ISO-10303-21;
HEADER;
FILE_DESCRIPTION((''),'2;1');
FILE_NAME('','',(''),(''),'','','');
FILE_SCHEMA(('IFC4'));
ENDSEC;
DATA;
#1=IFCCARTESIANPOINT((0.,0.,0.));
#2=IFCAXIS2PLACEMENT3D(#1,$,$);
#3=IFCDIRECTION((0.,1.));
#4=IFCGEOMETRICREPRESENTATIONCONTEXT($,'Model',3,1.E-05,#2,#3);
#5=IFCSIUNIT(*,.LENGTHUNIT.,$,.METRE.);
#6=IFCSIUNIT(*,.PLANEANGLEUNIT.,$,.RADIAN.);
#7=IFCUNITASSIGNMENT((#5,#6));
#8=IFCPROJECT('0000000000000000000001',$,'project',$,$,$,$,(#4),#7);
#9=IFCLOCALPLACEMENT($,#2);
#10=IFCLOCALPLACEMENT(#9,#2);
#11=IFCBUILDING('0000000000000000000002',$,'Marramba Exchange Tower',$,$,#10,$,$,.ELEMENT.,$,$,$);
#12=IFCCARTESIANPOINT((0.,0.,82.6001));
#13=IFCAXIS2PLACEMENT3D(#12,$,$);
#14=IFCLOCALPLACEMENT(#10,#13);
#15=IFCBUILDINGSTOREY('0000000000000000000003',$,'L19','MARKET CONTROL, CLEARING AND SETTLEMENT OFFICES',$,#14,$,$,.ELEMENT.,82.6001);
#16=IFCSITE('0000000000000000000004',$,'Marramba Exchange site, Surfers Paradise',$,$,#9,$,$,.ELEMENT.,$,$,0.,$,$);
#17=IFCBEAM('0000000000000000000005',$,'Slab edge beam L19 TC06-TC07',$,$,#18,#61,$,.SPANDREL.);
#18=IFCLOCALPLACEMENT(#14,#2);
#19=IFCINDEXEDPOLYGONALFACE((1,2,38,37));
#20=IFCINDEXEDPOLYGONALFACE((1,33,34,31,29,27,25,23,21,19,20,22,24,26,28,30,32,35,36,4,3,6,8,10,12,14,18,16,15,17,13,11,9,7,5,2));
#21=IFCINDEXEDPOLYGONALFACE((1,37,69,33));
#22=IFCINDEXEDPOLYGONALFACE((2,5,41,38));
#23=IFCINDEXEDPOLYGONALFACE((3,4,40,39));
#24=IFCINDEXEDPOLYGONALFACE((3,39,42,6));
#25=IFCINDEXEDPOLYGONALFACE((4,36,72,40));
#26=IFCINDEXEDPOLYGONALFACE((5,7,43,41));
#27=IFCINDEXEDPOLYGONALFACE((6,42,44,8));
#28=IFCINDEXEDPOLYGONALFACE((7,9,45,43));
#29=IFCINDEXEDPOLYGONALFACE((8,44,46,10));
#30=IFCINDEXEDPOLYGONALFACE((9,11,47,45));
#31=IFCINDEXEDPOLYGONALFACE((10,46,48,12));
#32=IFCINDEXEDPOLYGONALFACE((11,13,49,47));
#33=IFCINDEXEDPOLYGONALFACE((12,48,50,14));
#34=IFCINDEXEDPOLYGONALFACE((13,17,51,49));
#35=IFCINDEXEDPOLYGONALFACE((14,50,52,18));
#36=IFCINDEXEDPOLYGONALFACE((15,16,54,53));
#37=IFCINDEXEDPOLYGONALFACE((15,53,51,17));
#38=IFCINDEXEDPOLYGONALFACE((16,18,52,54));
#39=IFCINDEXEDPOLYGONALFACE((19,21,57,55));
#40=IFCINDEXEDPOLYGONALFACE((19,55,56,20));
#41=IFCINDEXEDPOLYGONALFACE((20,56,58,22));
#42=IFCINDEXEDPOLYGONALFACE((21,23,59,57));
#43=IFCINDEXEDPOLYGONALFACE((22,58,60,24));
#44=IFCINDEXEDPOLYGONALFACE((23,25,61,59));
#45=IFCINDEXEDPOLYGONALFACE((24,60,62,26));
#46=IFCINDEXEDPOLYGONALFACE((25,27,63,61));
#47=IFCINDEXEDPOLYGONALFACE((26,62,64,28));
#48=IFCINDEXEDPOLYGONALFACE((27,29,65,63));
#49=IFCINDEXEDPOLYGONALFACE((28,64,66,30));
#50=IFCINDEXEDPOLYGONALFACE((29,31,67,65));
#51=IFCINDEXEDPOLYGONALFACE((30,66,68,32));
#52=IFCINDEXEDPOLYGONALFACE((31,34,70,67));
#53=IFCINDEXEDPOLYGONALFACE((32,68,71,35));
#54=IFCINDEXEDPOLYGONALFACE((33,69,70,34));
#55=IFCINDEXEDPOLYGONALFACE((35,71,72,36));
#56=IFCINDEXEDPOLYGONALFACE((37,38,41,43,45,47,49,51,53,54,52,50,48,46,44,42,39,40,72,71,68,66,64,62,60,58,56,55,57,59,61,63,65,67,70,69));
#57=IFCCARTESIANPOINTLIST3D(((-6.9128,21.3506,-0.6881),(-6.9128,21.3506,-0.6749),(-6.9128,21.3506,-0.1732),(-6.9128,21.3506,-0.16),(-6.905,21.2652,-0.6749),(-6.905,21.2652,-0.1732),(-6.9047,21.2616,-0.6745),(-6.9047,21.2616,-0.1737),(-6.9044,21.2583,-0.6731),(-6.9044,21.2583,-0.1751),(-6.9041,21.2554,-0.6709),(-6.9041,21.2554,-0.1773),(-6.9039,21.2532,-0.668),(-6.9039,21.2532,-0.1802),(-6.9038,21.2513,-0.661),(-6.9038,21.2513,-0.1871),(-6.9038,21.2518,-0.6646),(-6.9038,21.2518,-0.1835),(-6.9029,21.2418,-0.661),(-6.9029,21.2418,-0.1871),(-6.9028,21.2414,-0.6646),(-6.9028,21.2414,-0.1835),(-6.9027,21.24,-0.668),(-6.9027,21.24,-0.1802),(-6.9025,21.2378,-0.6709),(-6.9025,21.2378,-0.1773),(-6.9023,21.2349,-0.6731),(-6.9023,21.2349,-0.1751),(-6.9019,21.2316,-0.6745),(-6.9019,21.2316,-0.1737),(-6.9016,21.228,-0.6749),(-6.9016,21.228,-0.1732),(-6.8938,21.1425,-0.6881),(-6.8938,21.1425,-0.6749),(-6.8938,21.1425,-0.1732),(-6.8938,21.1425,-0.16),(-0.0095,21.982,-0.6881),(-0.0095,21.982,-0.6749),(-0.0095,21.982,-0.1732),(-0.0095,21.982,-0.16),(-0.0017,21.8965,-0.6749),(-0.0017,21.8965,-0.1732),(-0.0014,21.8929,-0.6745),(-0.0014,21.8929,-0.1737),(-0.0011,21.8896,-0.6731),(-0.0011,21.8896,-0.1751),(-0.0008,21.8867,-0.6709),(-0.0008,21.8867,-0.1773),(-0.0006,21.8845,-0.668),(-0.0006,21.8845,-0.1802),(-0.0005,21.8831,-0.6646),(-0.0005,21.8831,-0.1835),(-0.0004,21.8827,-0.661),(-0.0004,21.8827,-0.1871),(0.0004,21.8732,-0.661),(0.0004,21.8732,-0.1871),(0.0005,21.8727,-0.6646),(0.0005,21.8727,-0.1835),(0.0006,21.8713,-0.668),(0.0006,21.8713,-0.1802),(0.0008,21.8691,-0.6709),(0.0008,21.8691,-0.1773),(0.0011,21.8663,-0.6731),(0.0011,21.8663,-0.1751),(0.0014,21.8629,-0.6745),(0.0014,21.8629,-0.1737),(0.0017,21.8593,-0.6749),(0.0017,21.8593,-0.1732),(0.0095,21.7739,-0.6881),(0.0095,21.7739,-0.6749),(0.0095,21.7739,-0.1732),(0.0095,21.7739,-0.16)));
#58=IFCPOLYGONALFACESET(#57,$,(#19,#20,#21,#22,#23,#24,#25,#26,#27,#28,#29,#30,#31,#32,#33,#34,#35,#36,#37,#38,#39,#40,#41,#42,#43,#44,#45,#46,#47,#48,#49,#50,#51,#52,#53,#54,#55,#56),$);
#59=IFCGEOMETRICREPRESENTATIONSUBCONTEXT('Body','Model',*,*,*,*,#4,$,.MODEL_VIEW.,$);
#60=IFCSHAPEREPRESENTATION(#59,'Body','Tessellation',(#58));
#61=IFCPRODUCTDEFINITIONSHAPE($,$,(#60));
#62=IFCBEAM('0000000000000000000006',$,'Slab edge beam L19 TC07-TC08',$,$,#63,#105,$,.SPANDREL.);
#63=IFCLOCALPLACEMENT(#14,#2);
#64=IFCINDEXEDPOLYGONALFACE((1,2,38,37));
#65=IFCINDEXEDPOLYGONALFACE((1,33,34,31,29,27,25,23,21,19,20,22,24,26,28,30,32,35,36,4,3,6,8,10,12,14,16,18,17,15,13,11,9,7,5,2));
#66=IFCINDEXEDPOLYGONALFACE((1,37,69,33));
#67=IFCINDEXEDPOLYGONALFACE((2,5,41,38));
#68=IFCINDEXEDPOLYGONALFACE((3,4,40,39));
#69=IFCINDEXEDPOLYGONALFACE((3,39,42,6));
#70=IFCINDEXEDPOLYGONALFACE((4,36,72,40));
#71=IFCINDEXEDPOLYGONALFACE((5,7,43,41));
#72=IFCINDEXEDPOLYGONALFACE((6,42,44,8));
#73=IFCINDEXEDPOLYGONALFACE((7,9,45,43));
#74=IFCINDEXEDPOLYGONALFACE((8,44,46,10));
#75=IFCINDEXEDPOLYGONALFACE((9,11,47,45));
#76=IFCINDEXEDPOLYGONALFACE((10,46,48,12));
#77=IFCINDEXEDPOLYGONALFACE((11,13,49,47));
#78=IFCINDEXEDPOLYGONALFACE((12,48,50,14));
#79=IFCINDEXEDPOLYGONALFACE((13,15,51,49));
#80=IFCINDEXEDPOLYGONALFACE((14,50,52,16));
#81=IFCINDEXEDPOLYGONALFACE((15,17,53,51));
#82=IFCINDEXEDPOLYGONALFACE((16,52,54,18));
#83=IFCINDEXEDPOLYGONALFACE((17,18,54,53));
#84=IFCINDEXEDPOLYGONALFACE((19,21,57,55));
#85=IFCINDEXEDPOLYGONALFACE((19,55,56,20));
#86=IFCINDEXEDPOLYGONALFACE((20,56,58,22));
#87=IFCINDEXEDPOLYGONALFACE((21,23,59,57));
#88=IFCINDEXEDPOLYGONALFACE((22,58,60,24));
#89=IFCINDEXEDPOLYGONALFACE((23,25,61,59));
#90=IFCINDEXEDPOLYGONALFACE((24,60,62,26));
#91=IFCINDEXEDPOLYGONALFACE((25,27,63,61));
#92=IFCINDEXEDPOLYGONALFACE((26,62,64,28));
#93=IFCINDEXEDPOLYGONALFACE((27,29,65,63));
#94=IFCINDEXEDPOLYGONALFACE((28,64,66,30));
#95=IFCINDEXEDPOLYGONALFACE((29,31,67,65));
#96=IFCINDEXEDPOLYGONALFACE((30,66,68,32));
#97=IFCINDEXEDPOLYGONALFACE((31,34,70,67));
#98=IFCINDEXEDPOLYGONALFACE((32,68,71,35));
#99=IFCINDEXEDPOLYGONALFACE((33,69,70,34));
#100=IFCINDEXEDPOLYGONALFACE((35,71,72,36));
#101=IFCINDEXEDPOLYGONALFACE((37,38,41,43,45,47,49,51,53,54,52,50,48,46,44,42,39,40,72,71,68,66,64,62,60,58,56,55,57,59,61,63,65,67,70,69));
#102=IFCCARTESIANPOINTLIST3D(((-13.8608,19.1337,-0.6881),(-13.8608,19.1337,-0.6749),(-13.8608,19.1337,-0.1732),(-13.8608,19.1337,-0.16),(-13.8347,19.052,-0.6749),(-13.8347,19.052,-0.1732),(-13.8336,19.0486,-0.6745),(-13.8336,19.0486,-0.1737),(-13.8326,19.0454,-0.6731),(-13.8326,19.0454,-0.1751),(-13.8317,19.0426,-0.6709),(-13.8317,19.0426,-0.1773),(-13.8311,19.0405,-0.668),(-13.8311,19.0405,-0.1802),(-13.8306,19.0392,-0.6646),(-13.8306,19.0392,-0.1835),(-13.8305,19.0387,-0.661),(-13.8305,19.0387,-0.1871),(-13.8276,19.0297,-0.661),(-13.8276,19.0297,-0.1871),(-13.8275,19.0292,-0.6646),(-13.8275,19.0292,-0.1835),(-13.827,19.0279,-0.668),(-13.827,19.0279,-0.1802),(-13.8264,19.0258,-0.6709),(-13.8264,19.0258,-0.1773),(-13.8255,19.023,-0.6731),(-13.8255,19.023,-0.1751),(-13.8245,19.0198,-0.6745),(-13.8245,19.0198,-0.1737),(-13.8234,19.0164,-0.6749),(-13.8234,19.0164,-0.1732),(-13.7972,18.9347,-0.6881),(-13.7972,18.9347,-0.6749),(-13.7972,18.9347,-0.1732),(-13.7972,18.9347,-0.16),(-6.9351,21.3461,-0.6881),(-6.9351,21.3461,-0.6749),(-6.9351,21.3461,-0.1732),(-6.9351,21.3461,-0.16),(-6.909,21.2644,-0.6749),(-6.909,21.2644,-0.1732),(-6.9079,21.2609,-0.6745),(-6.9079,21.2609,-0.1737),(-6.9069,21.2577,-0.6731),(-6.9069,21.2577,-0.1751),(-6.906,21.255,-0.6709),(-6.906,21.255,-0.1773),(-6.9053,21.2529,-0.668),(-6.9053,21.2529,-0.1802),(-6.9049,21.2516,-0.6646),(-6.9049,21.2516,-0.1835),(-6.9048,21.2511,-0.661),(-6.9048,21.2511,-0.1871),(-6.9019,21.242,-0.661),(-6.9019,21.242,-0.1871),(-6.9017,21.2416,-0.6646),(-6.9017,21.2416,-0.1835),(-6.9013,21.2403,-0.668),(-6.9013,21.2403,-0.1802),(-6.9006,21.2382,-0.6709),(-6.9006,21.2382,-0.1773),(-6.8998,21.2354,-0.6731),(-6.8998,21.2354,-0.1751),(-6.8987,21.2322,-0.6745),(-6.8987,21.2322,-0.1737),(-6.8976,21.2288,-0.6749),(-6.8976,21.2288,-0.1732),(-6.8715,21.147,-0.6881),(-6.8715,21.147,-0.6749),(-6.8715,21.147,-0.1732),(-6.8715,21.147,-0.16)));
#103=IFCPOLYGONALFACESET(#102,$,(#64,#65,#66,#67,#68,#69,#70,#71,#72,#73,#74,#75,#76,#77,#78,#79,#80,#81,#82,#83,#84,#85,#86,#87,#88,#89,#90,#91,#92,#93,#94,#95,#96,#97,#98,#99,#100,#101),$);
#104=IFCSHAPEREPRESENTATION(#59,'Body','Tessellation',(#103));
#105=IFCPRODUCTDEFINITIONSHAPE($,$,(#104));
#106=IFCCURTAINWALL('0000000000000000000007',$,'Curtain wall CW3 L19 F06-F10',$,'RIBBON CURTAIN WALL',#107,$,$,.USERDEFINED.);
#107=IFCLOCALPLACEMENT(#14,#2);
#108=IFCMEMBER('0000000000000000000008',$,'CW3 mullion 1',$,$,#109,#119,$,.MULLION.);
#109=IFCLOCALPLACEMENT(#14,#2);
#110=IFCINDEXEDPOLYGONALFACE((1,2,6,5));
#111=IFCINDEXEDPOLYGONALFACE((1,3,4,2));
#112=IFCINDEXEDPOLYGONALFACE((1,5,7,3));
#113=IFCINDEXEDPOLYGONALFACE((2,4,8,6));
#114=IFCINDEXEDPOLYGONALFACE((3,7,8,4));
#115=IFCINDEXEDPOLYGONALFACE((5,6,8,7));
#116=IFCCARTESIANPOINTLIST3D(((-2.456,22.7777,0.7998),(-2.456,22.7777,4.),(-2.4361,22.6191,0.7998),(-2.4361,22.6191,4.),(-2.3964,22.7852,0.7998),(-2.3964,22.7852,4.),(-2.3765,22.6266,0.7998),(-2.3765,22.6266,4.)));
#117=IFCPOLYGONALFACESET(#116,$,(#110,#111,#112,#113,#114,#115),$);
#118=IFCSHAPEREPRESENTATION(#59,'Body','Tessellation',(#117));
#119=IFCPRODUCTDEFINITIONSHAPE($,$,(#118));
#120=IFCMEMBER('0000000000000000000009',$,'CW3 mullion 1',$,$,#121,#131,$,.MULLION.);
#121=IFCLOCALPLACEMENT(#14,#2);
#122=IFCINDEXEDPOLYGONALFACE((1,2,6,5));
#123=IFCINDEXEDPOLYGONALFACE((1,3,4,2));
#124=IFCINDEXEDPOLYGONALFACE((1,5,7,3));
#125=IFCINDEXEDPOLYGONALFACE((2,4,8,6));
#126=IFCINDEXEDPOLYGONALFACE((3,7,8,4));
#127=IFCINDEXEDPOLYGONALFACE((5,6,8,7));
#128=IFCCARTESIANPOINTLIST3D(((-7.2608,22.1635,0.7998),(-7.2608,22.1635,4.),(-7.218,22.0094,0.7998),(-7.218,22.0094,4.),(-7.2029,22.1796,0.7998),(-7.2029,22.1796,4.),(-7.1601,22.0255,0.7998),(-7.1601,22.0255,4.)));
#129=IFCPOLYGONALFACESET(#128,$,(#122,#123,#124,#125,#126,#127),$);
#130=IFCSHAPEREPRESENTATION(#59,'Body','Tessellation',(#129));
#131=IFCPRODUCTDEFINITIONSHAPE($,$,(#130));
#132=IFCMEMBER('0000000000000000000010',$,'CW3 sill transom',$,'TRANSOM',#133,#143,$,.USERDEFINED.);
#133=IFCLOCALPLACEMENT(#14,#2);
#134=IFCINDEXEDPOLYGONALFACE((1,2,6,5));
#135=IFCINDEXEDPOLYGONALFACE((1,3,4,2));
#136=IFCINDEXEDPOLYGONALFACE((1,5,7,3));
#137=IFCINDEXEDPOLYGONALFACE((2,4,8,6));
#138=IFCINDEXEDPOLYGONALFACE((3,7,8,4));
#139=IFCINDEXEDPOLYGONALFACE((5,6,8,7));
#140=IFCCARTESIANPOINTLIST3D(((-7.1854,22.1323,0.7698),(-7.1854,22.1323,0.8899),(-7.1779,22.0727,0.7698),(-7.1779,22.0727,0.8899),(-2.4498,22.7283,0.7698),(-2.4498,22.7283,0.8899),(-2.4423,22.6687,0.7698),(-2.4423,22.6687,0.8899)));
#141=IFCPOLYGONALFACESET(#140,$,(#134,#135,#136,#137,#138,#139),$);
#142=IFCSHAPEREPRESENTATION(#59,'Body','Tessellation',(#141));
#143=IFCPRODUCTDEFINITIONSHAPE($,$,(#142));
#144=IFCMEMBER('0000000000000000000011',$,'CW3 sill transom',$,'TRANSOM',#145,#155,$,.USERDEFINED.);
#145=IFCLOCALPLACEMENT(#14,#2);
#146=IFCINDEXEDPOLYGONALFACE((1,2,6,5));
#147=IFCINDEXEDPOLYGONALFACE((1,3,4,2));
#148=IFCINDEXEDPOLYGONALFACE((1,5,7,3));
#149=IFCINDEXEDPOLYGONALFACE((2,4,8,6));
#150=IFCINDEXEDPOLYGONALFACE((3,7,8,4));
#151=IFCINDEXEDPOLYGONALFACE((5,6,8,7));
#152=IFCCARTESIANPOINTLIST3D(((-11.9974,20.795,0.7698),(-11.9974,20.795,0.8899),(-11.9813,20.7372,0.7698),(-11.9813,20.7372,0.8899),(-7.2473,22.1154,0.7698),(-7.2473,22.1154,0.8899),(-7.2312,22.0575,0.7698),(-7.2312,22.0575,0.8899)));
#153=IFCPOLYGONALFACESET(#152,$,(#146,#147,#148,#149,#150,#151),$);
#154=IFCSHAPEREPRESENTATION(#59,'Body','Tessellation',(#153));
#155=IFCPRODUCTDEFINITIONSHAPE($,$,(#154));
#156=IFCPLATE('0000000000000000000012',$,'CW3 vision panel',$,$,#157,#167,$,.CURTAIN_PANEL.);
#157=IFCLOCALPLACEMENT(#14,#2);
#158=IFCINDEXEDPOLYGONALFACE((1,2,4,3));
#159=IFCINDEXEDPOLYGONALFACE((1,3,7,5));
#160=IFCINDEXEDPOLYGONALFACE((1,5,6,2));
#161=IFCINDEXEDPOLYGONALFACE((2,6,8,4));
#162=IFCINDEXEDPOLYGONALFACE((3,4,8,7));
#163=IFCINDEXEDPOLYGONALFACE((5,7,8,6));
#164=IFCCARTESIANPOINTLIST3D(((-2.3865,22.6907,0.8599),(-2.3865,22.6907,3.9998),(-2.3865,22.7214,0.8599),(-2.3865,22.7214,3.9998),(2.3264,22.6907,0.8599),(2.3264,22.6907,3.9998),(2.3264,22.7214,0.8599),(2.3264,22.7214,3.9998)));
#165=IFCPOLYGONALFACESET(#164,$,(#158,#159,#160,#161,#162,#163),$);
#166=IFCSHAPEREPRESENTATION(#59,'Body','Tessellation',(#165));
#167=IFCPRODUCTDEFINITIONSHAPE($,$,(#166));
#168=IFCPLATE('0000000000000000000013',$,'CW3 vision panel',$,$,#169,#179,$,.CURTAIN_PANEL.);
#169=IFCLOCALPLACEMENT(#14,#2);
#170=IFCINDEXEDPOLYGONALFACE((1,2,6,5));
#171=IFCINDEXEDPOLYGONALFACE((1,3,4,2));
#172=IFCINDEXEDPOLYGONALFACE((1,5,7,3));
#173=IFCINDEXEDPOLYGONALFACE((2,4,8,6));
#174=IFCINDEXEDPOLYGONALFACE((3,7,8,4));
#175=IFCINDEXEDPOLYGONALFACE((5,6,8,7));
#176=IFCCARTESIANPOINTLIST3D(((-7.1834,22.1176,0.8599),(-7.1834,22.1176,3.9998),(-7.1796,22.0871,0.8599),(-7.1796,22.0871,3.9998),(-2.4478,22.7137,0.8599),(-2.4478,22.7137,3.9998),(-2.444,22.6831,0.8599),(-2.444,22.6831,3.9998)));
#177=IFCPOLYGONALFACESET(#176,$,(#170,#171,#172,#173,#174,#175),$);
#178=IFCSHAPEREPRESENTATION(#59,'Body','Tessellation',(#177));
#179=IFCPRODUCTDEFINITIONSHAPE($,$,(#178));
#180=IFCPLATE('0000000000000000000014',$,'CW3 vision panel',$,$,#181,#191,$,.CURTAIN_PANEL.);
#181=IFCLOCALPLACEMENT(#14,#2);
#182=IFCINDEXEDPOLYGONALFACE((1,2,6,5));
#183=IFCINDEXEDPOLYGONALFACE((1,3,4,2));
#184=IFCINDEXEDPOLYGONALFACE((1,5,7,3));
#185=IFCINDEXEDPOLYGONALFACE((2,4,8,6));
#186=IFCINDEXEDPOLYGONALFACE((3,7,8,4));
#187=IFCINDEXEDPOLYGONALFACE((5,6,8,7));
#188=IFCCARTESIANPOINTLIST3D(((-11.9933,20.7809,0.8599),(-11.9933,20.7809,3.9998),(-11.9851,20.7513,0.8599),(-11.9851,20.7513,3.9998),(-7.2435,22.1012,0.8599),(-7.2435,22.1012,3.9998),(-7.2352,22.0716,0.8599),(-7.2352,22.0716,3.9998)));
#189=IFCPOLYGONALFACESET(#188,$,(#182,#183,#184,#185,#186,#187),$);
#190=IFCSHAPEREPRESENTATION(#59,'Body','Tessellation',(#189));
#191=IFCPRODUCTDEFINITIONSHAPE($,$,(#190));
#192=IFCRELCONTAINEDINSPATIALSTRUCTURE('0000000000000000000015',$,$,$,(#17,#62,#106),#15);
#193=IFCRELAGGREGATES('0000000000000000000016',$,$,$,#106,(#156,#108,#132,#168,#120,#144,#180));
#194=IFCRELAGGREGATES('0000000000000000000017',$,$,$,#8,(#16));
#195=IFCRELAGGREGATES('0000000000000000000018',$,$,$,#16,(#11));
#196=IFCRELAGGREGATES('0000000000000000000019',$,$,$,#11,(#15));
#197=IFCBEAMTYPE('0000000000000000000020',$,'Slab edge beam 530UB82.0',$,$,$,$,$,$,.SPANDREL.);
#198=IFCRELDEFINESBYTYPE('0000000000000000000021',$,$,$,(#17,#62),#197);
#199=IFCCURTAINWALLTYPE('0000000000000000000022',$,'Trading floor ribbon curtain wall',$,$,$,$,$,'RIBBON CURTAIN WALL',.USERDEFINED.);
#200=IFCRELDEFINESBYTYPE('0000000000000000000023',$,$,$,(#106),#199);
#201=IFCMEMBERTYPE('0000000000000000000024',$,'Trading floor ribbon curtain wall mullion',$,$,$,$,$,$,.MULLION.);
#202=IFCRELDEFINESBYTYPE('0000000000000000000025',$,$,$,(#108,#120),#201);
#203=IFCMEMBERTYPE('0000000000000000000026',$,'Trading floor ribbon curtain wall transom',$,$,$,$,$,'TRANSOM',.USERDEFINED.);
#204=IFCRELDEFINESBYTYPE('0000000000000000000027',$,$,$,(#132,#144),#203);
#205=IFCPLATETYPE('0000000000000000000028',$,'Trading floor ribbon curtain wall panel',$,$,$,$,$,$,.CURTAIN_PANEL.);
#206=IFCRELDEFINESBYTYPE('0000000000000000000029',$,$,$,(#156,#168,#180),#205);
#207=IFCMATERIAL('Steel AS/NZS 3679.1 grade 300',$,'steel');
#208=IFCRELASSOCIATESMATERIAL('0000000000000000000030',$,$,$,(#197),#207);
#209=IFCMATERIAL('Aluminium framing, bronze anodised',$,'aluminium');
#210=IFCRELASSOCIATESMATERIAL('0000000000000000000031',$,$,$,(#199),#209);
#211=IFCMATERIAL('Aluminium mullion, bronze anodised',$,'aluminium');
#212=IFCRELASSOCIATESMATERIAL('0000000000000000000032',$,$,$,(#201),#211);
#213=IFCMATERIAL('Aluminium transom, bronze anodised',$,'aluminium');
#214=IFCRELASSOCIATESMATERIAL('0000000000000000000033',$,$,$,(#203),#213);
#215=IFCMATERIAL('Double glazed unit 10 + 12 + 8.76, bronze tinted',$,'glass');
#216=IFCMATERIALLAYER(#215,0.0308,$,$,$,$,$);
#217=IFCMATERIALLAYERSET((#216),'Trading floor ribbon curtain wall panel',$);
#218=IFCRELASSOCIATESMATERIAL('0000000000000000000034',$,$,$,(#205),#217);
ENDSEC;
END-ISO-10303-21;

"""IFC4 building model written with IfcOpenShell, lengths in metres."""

from ifc_helpers import new_model, si_unit, direction, frame, origin, origin_2d, place, context, subcontext, project, spatial, rectangle, i_section, extrude, material, layer, layer_set, material_profile, profile_set, type_object, element, aggregate, save


model = new_model("IFC4")

# Units and contexts
model_context = context("Model", 3, precision=1e-05, world=origin(), true_north=direction((0.0, 1.0)))
body_context = subcontext(model_context, "Body", "Model", "MODEL_VIEW")
ifc_project = project(units=[si_unit("LENGTHUNIT", "METRE"), si_unit("PLANEANGLEUNIT", "RADIAN")], contexts=[model_context])

# Site, building, storey
site_placement = place(None, origin())
site = spatial("IfcSite", under=ifc_project, at=site_placement, Name="Marramba Exchange site, Surfers Paradise", CompositionType="ELEMENT", RefElevation=0.0)
building_placement = place(site_placement, origin())
building = spatial("IfcBuilding", under=site, at=building_placement, Name="Marramba Exchange Tower", CompositionType="ELEMENT")
storey_placement = place(building_placement, frame((0.0, 0.0, 82.6001)))
storey = spatial("IfcBuildingStorey", under=building, at=storey_placement, Name="L19", Description="MARKET CONTROL, CLEARING AND SETTLEMENT OFFICES", CompositionType="ELEMENT", Elevation=82.6001)

# Beams
ifc_material_1 = material(Name="Steel AS/NZS 3679.1 grade 300", Category="steel")
ifc_material_profile_1 = material_profile(ifc_material_1, i_section(OverallWidth=0.209, OverallDepth=0.5281, WebThickness=0.0095, FlangeThickness=0.0132, FilletRadius=0.0139, at=origin_2d()), Name="530UB82.0")
ifc_profile_set_1 = profile_set([ifc_material_profile_1], Name="Steel AS/NZS 3679.1 grade 300")
beam_type_1 = type_object("IfcBeamType", Name="Slab edge beam 530UB82.0", PredefinedType="SPANDREL", material=ifc_profile_set_1)
beam_1_placement = place(storey_placement, frame((0.0, 21.8779, -0.4241), z_axis=(-0.995844, -0.091076, 0.0), x_axis=(0.091076, -0.995844, 0.0)))
element("IfcBeam", 1, at=beam_1_placement, inside=storey, type_object=beam_type_1, Name="Slab edge beam L19 TC06-TC07", PredefinedType="SPANDREL", context=body_context, shape_type="SweptSolid", body=[
    extrude(i_section(OverallWidth=0.209, OverallDepth=0.5281, WebThickness=0.0095, FlangeThickness=0.0132, FilletRadius=0.0139, at=origin_2d()), origin(), (0.0, 0.0, 1.0), 6.9321),
])
beam_2_placement = place(storey_placement, frame((-6.9033, 21.2466, -0.4241), z_axis=(-0.952578, -0.304296, 0.0), x_axis=(0.304296, -0.952578, 0.0)))
element("IfcBeam", 2, at=beam_2_placement, inside=storey, type_object=beam_type_1, Name="Slab edge beam L19 TC07-TC08", PredefinedType="SPANDREL", context=body_context, shape_type="SweptSolid", body=[
    extrude(i_section(OverallWidth=0.209, OverallDepth=0.5281, WebThickness=0.0095, FlangeThickness=0.0132, FilletRadius=0.0139, at=origin_2d()), origin(), (0.0, 0.0, 1.0), 7.2705),
])

# Curtain wall, members, plates
ifc_material_2 = material(Name="Aluminium framing, bronze anodised", Category="aluminium")
curtain_wall_type = type_object("IfcCurtainWallType", Name="Trading floor ribbon curtain wall", ElementType="RIBBON CURTAIN WALL", PredefinedType="USERDEFINED", material=ifc_material_2)
curtain_wall_placement = place(storey_placement, origin())
curtain_wall = element("IfcCurtainWall", 3, at=curtain_wall_placement, inside=storey, type_object=curtain_wall_type, Name="Curtain wall CW3 L19 F06-F10", ObjectType="RIBBON CURTAIN WALL", PredefinedType="USERDEFINED")
ifc_material_3 = material(Name="Aluminium mullion, bronze anodised", Category="aluminium")
ifc_material_profile_2 = material_profile(ifc_material_3, rectangle(XDim=0.1599, YDim=0.0601, at=origin_2d()), Name="CW3 mullion 60x160")
ifc_profile_set_2 = profile_set([ifc_material_profile_2], Name="Aluminium mullion, bronze anodised")
member_type_1 = type_object("IfcMemberType", Name="Trading floor ribbon curtain wall mullion", PredefinedType="MULLION", material=ifc_profile_set_2)
member_1_placement = place(storey_placement, frame((-2.4163, 22.7021, 0.7998), z_axis=(0.0, 0.0, 1.0), x_axis=(0.124873, -0.992173, 0.0)))
member_1 = element("IfcMember", 4, at=member_1_placement, type_object=member_type_1, Name="CW3 mullion 1", PredefinedType="MULLION", context=body_context, shape_type="SweptSolid", body=[
    extrude(rectangle(XDim=0.1599, YDim=0.0601, at=origin_2d()), origin(), (0.0, 0.0, 1.0), 3.2002),
])
member_2_placement = place(storey_placement, frame((-7.2104, 22.0945, 0.7998), z_axis=(0.0, 0.0, 1.0), x_axis=(0.267809, -0.963472, 0.0)))
member_2 = element("IfcMember", 5, at=member_2_placement, type_object=member_type_1, Name="CW3 mullion 1", PredefinedType="MULLION", context=body_context, shape_type="SweptSolid", body=[
    extrude(rectangle(XDim=0.1599, YDim=0.0601, at=origin_2d()), origin(), (0.0, 0.0, 1.0), 3.2002),
])
ifc_material_4 = material(Name="Aluminium transom, bronze anodised", Category="aluminium")
ifc_material_profile_3 = material_profile(ifc_material_4, rectangle(XDim=0.0601, YDim=0.1201, at=origin_2d()), Name="CW3 transom 60x120")
ifc_profile_set_3 = profile_set([ifc_material_profile_3], Name="Aluminium transom, bronze anodised")
member_type_2 = type_object("IfcMemberType", Name="Trading floor ribbon curtain wall transom", ElementType="TRANSOM", PredefinedType="USERDEFINED", material=ifc_profile_set_3)
member_3_placement = place(storey_placement, frame((-2.446, 22.6985, 0.8298), z_axis=(-0.992174, -0.124859, 0.0), x_axis=(0.124859, -0.992174, 0.0)))
member_3 = element("IfcMember", 6, at=member_3_placement, type_object=member_type_2, Name="CW3 sill transom", ObjectType="TRANSOM", PredefinedType="USERDEFINED", context=body_context, shape_type="SweptSolid", body=[
    extrude(rectangle(XDim=0.0601, YDim=0.1201, at=origin_2d()), origin(), (0.0, 0.0, 1.0), 4.7729),
])
member_4_placement = place(storey_placement, frame((-7.2393, 22.0864, 0.8298), z_axis=(-0.963472, -0.267807, 0.0), x_axis=(0.267807, -0.963472, 0.0)))
member_4 = element("IfcMember", 7, at=member_4_placement, type_object=member_type_2, Name="CW3 sill transom", ObjectType="TRANSOM", PredefinedType="USERDEFINED", context=body_context, shape_type="SweptSolid", body=[
    extrude(rectangle(XDim=0.0601, YDim=0.1201, at=origin_2d()), origin(), (0.0, 0.0, 1.0), 4.9302),
])
ifc_material_5 = material(Name="Double glazed unit 10 + 12 + 8.76, bronze tinted", Category="glass")
ifc_layer_1 = layer(ifc_material_5, 0.0308)
ifc_layer_set_1 = layer_set([ifc_layer_1], Name="Trading floor ribbon curtain wall panel")
plate_type = type_object("IfcPlateType", Name="Trading floor ribbon curtain wall panel", PredefinedType="CURTAIN_PANEL", material=ifc_layer_set_1)
plate_1_placement = place(storey_placement, frame((-0.03, 22.7061, 0.8599), z_axis=(0.0, 0.0, 1.0), x_axis=(-1.0, 0.0, 0.0)))
plate_1 = element("IfcPlate", 8, at=plate_1_placement, type_object=plate_type, Name="CW3 vision panel", PredefinedType="CURTAIN_PANEL", context=body_context, shape_type="SweptSolid", body=[
    extrude(rectangle(XDim=4.7129, YDim=0.0308, at=origin_2d()), origin(), (0.0, 0.0, 1.0), 3.1399),
])
plate_2_placement = place(storey_placement, frame((-4.8137, 22.4004, 0.8599), z_axis=(0.0, 0.0, 1.0), x_axis=(-0.992173, -0.124873, 0.0)))
plate_2 = element("IfcPlate", 9, at=plate_2_placement, type_object=plate_type, Name="CW3 vision panel", PredefinedType="CURTAIN_PANEL", context=body_context, shape_type="SweptSolid", body=[
    extrude(rectangle(XDim=4.7729, YDim=0.0308, at=origin_2d()), origin(), (0.0, 0.0, 1.0), 3.1399),
])
plate_3_placement = place(storey_placement, frame((-9.6143, 21.4263, 0.8599), z_axis=(0.0, 0.0, 1.0), x_axis=(-0.963472, -0.267809, 0.0)))
plate_3 = element("IfcPlate", 10, at=plate_3_placement, type_object=plate_type, Name="CW3 vision panel", PredefinedType="CURTAIN_PANEL", context=body_context, shape_type="SweptSolid", body=[
    extrude(rectangle(XDim=4.9299, YDim=0.0308, at=origin_2d()), origin(), (0.0, 0.0, 1.0), 3.1399),
])
aggregate(curtain_wall, [plate_1, member_1, member_3, plate_2, member_2, member_4, plate_3])

save(model, "model.ifc")
